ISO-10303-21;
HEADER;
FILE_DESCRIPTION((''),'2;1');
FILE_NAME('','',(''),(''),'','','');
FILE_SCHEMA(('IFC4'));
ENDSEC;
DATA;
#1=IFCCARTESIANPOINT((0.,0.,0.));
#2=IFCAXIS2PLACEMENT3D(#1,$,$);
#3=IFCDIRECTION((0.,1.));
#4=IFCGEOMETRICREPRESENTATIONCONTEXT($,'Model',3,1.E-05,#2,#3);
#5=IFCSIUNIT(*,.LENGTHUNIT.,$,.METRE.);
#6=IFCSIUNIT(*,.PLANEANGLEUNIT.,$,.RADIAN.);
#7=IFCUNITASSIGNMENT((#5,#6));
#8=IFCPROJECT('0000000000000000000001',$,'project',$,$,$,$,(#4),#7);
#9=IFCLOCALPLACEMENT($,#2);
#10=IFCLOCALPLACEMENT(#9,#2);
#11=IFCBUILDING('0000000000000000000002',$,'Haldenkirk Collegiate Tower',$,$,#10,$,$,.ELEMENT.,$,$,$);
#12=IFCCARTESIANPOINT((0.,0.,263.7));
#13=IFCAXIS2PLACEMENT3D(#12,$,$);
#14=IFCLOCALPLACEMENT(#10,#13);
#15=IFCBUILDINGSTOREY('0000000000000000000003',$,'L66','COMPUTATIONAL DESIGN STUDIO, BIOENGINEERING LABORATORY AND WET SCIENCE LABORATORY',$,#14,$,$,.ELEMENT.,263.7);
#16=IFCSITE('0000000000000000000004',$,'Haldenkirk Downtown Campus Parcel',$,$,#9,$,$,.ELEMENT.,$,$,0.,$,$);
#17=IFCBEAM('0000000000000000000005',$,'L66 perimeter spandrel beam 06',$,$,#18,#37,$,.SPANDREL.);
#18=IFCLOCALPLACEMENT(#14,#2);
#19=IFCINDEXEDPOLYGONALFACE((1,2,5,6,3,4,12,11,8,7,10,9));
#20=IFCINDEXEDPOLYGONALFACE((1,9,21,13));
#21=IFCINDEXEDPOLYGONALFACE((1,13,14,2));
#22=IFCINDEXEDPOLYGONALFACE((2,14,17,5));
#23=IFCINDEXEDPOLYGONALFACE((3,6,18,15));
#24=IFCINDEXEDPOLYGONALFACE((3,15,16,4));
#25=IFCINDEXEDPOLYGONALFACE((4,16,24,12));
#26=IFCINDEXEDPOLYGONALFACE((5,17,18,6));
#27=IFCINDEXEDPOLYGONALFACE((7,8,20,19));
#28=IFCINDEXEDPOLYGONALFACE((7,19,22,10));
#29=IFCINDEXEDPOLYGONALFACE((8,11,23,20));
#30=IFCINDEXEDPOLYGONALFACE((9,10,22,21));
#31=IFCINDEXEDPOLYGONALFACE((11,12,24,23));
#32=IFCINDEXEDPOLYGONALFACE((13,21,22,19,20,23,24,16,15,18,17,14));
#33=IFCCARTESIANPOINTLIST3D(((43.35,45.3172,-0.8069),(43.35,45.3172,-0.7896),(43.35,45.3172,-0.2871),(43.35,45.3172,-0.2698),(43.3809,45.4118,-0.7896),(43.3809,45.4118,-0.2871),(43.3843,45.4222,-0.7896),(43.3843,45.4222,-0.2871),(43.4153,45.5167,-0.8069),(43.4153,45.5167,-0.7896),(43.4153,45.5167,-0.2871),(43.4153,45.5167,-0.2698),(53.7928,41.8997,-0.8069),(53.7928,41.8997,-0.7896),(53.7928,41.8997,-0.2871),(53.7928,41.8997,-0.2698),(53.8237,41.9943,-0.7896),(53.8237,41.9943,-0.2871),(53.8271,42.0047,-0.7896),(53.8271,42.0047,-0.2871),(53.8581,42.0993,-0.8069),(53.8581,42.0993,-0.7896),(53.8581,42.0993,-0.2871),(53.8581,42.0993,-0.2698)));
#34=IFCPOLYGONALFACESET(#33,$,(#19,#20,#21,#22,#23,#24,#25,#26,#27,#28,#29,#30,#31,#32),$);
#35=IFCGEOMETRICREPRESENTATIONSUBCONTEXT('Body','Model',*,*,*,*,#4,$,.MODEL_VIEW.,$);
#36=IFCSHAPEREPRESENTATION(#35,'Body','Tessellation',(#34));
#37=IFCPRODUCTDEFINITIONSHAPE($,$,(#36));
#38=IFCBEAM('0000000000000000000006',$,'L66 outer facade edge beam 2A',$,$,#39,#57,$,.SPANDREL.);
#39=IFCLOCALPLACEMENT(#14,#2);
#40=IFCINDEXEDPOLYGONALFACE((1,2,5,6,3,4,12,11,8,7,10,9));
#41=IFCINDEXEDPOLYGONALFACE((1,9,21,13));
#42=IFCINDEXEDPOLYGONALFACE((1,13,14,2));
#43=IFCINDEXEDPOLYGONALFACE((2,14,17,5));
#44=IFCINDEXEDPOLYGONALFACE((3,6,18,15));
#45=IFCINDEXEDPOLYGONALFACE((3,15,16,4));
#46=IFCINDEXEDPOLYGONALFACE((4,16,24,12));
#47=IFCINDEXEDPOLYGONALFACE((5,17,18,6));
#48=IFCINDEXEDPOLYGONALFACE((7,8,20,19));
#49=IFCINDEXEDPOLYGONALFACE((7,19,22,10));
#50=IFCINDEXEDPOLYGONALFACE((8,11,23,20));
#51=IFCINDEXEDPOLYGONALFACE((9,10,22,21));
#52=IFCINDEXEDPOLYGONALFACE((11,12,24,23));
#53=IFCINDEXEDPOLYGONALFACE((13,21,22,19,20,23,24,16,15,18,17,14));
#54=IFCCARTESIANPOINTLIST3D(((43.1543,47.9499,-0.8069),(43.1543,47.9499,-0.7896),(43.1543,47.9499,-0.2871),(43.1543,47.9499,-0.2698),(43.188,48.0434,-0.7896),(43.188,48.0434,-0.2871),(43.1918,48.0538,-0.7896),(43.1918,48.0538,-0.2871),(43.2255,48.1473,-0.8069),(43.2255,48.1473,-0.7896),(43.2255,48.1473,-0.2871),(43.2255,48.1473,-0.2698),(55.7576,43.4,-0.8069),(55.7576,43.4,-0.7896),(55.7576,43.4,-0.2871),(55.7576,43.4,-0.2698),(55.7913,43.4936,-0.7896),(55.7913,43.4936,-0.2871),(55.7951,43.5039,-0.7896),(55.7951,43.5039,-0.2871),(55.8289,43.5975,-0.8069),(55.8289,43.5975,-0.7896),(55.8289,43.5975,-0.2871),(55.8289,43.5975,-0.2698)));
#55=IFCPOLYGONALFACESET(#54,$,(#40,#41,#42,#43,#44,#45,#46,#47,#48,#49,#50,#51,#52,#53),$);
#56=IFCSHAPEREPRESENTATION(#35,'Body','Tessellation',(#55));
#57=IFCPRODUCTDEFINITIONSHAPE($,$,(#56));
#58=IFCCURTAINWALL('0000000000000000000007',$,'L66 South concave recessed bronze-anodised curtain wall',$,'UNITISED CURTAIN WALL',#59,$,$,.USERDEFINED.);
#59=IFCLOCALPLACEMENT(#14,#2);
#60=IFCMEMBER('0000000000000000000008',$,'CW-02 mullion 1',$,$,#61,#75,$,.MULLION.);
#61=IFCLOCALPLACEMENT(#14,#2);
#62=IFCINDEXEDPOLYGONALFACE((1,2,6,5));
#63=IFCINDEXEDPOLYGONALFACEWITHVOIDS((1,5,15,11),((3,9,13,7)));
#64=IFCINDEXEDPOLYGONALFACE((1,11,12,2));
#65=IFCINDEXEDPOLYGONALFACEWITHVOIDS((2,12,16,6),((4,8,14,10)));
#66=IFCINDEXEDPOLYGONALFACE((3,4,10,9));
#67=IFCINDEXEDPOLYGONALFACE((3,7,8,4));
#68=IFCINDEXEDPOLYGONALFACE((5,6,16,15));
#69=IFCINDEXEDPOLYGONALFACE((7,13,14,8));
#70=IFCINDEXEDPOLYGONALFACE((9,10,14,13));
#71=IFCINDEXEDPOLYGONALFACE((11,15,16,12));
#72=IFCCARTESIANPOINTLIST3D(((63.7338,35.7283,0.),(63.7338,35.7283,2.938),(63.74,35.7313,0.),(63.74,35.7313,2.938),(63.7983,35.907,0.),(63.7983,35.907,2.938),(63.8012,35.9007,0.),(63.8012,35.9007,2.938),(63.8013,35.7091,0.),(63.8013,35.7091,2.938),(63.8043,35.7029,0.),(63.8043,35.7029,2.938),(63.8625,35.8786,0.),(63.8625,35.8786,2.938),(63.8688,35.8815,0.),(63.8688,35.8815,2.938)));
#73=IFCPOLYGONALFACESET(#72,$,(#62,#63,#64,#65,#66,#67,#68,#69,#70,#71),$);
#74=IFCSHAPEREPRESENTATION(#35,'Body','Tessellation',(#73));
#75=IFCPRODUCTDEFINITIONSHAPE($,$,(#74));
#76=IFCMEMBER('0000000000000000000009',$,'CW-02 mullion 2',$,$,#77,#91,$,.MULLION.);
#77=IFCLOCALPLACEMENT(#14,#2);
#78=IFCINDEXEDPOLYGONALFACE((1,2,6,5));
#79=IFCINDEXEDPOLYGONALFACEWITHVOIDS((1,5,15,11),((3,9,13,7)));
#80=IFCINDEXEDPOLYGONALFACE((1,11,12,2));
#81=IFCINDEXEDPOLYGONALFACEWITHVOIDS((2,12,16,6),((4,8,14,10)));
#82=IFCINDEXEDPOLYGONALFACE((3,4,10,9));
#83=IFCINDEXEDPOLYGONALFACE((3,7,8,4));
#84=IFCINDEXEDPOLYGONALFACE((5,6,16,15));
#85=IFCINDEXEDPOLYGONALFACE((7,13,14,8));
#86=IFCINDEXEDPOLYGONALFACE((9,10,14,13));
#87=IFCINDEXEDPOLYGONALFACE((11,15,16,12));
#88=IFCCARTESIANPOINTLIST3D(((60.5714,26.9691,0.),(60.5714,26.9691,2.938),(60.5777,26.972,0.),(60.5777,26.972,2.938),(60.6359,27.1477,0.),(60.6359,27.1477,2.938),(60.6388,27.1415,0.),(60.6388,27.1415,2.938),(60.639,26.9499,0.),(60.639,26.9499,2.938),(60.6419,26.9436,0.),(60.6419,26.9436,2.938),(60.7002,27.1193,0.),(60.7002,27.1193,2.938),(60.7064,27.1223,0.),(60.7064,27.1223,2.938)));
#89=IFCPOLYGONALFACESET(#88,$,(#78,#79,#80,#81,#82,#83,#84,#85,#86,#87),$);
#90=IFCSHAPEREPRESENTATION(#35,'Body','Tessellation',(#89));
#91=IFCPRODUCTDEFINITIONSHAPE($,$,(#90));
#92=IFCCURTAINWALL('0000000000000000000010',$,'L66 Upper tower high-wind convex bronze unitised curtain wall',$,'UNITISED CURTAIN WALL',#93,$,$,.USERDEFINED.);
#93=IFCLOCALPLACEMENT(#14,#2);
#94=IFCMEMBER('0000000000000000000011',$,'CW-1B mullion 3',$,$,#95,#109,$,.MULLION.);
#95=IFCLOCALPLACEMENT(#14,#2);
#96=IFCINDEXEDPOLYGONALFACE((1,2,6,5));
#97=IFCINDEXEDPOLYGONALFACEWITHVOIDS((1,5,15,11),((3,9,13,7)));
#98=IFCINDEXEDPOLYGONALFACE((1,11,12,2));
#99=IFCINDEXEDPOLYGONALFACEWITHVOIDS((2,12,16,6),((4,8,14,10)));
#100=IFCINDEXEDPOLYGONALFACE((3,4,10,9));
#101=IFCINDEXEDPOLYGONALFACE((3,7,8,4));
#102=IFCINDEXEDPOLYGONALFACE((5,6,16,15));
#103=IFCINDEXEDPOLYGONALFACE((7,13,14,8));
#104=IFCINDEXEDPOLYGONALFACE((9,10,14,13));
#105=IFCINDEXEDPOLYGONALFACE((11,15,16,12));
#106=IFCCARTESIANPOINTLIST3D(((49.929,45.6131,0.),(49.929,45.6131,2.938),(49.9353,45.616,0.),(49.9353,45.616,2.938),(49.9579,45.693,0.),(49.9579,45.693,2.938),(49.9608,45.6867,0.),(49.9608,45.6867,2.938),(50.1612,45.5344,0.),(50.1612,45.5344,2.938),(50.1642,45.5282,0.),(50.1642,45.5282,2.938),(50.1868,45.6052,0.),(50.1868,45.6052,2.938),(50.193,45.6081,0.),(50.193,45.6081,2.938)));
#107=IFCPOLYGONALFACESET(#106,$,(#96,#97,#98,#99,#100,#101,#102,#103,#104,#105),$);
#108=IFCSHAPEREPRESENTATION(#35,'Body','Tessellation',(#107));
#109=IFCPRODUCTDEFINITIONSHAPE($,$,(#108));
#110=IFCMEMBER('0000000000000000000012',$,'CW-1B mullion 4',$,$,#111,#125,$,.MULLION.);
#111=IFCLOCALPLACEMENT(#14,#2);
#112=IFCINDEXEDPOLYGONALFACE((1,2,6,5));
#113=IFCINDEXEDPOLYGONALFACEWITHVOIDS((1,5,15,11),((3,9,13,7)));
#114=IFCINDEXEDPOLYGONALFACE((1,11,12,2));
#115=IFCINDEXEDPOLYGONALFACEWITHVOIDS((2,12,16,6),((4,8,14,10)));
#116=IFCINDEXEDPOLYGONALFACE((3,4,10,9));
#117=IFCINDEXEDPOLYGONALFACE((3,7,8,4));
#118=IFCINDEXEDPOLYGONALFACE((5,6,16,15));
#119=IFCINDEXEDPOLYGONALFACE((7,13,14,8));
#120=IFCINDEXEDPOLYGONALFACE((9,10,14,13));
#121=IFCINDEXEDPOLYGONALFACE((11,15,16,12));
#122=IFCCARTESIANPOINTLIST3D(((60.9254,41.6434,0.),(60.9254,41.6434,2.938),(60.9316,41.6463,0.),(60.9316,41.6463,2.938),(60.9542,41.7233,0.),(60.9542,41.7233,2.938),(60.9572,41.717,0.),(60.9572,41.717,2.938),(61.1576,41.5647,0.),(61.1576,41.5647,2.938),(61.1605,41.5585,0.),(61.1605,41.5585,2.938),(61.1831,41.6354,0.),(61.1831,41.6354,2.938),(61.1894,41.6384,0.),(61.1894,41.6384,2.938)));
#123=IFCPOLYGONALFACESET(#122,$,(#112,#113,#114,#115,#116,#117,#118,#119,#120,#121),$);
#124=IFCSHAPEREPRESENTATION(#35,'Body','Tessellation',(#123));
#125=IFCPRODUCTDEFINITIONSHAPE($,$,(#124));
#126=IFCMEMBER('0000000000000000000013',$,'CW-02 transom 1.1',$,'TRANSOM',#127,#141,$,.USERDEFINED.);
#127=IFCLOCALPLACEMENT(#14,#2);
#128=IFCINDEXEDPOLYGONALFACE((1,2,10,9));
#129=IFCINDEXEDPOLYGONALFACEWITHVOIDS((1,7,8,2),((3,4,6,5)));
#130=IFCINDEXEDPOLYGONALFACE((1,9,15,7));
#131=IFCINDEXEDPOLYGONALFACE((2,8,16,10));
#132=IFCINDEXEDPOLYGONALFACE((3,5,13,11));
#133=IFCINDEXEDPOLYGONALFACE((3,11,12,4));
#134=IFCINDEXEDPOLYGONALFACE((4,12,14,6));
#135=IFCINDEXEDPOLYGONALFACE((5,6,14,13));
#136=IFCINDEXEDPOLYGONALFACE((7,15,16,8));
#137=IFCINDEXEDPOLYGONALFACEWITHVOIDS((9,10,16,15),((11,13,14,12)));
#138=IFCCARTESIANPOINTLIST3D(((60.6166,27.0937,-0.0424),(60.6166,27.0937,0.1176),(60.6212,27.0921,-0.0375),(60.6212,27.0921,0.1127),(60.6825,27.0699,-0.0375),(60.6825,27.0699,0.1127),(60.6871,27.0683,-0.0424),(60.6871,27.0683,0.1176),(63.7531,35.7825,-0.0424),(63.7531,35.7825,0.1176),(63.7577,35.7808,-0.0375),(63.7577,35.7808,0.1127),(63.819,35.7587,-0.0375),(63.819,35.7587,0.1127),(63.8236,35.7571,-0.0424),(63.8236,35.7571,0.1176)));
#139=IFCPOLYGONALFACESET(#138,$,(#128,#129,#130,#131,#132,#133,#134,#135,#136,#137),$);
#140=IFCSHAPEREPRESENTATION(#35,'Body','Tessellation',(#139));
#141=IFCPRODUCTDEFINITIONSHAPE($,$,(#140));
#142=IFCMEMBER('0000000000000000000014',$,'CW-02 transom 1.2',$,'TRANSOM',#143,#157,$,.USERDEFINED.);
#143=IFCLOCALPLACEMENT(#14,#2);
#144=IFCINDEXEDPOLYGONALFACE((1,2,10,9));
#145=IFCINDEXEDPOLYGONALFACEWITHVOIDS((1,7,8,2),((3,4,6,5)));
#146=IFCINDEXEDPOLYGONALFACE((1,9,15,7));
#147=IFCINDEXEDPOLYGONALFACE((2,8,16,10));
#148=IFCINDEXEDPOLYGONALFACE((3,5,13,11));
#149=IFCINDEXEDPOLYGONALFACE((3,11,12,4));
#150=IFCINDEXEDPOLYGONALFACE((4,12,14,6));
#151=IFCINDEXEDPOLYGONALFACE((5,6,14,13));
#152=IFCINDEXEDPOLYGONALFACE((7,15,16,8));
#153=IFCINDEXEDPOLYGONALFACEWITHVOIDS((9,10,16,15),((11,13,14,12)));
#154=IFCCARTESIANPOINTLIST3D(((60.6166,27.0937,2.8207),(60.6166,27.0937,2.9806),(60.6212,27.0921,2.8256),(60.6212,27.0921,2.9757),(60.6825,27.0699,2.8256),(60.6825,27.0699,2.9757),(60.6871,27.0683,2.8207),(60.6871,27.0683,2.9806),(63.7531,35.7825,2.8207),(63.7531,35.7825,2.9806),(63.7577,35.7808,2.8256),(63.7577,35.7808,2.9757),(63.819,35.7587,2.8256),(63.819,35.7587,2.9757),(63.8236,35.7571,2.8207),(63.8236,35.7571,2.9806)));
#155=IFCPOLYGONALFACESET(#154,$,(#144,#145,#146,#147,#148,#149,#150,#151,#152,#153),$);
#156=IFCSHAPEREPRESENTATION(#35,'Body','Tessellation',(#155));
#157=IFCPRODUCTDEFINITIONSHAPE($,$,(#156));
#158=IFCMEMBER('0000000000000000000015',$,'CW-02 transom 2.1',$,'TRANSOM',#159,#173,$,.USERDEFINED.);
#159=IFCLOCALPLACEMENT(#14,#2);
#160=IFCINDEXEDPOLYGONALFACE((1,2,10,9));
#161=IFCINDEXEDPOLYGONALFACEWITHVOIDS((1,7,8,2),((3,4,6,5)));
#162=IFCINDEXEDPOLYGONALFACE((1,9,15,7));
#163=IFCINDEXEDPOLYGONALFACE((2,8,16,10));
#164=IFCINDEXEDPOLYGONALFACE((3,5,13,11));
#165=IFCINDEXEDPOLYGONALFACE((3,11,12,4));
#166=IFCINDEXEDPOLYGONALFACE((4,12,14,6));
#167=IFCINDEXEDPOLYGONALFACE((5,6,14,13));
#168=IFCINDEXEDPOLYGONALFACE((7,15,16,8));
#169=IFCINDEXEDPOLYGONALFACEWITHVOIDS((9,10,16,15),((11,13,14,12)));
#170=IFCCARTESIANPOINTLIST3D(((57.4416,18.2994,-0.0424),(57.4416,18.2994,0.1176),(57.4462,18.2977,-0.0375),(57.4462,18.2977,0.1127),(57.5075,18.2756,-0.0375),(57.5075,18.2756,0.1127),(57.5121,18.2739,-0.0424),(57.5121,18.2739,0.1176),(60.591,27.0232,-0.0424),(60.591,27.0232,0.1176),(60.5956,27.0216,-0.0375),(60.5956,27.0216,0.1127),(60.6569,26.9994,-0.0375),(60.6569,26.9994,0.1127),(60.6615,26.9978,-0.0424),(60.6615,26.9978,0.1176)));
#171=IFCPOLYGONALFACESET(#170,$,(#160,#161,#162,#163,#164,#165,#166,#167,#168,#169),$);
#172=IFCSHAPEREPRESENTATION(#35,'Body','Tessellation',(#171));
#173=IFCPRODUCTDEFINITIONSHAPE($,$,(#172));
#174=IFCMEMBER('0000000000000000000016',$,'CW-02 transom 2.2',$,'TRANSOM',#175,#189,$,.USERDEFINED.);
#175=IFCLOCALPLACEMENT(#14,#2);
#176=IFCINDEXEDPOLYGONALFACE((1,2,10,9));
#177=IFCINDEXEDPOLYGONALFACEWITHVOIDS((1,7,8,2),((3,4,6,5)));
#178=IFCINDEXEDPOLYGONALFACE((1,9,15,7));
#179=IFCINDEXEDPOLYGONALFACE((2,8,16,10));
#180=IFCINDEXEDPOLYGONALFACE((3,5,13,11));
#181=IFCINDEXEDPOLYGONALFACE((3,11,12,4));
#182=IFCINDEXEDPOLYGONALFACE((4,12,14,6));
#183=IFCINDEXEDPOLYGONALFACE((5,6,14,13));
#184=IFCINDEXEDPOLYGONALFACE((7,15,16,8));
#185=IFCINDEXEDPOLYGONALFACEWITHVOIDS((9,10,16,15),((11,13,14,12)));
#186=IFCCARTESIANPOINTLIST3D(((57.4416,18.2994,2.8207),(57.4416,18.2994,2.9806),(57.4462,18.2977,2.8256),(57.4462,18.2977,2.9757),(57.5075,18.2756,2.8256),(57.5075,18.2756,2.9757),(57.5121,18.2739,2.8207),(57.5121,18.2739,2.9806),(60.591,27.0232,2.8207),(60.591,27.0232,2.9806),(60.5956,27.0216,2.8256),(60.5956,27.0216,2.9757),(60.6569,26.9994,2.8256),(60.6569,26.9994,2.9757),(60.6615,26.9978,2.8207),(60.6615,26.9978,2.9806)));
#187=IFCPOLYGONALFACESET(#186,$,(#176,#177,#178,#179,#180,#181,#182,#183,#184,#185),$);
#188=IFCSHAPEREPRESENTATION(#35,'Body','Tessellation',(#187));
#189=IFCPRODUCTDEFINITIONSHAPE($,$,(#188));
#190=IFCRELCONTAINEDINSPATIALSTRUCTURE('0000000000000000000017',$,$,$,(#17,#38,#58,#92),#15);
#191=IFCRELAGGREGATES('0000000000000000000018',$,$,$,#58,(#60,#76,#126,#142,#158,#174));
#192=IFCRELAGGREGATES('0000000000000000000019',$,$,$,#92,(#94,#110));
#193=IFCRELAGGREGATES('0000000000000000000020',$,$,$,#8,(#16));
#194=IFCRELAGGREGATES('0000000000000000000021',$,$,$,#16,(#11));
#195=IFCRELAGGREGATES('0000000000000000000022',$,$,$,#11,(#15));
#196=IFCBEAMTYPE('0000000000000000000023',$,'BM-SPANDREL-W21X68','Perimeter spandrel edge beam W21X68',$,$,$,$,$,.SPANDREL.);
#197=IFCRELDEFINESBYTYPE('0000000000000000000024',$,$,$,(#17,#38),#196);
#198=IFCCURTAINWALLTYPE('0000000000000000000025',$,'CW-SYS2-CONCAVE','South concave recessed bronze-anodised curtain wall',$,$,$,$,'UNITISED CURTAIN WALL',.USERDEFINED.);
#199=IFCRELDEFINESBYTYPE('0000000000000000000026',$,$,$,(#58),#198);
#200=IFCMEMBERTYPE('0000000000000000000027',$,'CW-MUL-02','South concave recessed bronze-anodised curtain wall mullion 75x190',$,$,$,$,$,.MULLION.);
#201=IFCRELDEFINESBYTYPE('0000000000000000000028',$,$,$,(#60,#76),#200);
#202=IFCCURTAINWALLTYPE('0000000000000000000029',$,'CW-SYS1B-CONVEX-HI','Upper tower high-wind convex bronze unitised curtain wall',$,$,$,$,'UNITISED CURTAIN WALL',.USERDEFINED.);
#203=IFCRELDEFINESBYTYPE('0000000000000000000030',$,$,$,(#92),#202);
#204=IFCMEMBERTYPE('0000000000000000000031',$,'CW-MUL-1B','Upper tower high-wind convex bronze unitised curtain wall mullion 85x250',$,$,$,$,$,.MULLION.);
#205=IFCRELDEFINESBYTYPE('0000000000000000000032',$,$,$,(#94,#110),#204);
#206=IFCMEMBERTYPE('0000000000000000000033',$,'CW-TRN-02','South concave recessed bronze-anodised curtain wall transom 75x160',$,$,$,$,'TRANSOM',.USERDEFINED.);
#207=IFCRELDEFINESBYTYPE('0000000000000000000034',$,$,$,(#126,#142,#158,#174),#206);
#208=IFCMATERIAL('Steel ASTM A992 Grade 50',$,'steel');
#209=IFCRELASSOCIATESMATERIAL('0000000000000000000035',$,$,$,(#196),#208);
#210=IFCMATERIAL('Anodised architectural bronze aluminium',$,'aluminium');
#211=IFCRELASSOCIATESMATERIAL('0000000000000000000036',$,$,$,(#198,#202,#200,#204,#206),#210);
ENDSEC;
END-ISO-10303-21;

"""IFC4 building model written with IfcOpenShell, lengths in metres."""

from ifc_helpers import new_model, si_unit, direction, frame, origin, origin_2d, place, context, subcontext, project, spatial, hollow_rectangle, i_section, extrude, material, material_profile, profile_set, type_object, element, aggregate, save


model = new_model("IFC4")

# Units and contexts
model_context = context("Model", 3, precision=1e-05, world=origin(), true_north=direction((0.0, 1.0)))
body_context = subcontext(model_context, "Body", "Model", "MODEL_VIEW")
ifc_project = project(units=[si_unit("LENGTHUNIT", "METRE"), si_unit("PLANEANGLEUNIT", "RADIAN")], contexts=[model_context])

# Site, building, storey
site_placement = place(None, origin())
site = spatial("IfcSite", under=ifc_project, at=site_placement, Name="Haldenkirk Downtown Campus Parcel", CompositionType="ELEMENT", RefElevation=0.0)
building_placement = place(site_placement, origin())
building = spatial("IfcBuilding", under=site, at=building_placement, Name="Haldenkirk Collegiate Tower", CompositionType="ELEMENT")
storey_placement = place(building_placement, frame((0.0, 0.0, 263.7)))
storey = spatial("IfcBuildingStorey", under=building, at=storey_placement, Name="L66", Description="COMPUTATIONAL DESIGN STUDIO, BIOENGINEERING LABORATORY AND WET SCIENCE LABORATORY", CompositionType="ELEMENT", Elevation=263.7)

# Beams
ifc_material_1 = material(Name="Steel ASTM A992 Grade 50", Category="steel")
ifc_material_profile_1 = material_profile(ifc_material_1, i_section(OverallWidth=0.21, OverallDepth=0.5371, WebThickness=0.011, FlangeThickness=0.0173, at=origin_2d()), Name="W21X68")
ifc_profile_set_1 = profile_set([ifc_material_profile_1], Name="Steel ASTM A992 Grade 50")
beam_type_1 = type_object("IfcBeamType", Name="BM-SPANDREL-W21X68", Description="Perimeter spandrel edge beam W21X68", PredefinedType="SPANDREL", material=ifc_profile_set_1)
beam_1_placement = place(storey_placement, frame((53.8254, 41.9995, -0.5383), z_axis=(-0.950402, 0.311024, 0.0), x_axis=(-0.311024, -0.950402, 0.0)))
element("IfcBeam", 1, at=beam_1_placement, inside=storey, type_object=beam_type_1, Name="L66 perimeter spandrel beam 06", PredefinedType="SPANDREL", context=body_context, shape_type="SweptSolid", body=[
    extrude(i_section(OverallWidth=0.21, OverallDepth=0.5371, WebThickness=0.011, FlangeThickness=0.0173, at=origin_2d()), origin(), (0.0, 0.0, 1.0), 10.9878),
])
beam_2_placement = place(storey_placement, frame((55.7932, 43.4988, -0.5383), z_axis=(-0.940587, 0.339554, 0.0), x_axis=(-0.339554, -0.940587, 0.0)))
element("IfcBeam", 2, at=beam_2_placement, inside=storey, type_object=beam_type_1, Name="L66 outer facade edge beam 2A", PredefinedType="SPANDREL", context=body_context, shape_type="SweptSolid", body=[
    extrude(i_section(OverallWidth=0.21, OverallDepth=0.5371, WebThickness=0.011, FlangeThickness=0.0173, at=origin_2d()), origin(), (0.0, 0.0, 1.0), 13.3994),
])

# Curtain walls, members
ifc_material_2 = material(Name="Anodised architectural bronze aluminium", Category="aluminium")
curtain_wall_type_1 = type_object("IfcCurtainWallType", Name="CW-SYS2-CONCAVE", Description="South concave recessed bronze-anodised curtain wall", ElementType="UNITISED CURTAIN WALL", PredefinedType="USERDEFINED", material=ifc_material_2)
curtain_wall_1_placement = place(storey_placement, origin())
curtain_wall_1 = element("IfcCurtainWall", 3, at=curtain_wall_1_placement, inside=storey, type_object=curtain_wall_type_1, Name="L66 South concave recessed bronze-anodised curtain wall", ObjectType="UNITISED CURTAIN WALL", PredefinedType="USERDEFINED")
ifc_material_profile_2 = material_profile(ifc_material_2, hollow_rectangle(XDim=0.075, YDim=0.1899, WallThickness=0.0049, at=origin_2d()), Name="CW-MUL-02")
ifc_profile_set_2 = profile_set([ifc_material_profile_2], Name="Anodised architectural bronze aluminium")
member_type_1 = type_object("IfcMemberType", Name="CW-MUL-02", Description="South concave recessed bronze-anodised curtain wall mullion 75x190", PredefinedType="MULLION", material=ifc_profile_set_2)
member_1_placement = place(storey_placement, frame((63.8013, 35.8049, 0.0), z_axis=(0.0, 0.0, 1.0), x_axis=(0.940585, -0.339559, 0.0)))
member_1 = element("IfcMember", 4, at=member_1_placement, type_object=member_type_1, Name="CW-02 mullion 1", PredefinedType="MULLION", context=body_context, shape_type="SweptSolid", body=[
    extrude(hollow_rectangle(XDim=0.075, YDim=0.1899, WallThickness=0.0049, at=origin_2d()), origin(), (0.0, 0.0, 1.0), 2.938),
])
member_2_placement = place(storey_placement, frame((60.6389, 27.0457, 0.0), z_axis=(0.0, 0.0, 1.0), x_axis=(0.940585, -0.339559, 0.0)))
member_2 = element("IfcMember", 5, at=member_2_placement, type_object=member_type_1, Name="CW-02 mullion 2", PredefinedType="MULLION", context=body_context, shape_type="SweptSolid", body=[
    extrude(hollow_rectangle(XDim=0.075, YDim=0.1899, WallThickness=0.0049, at=origin_2d()), origin(), (0.0, 0.0, 1.0), 2.938),
])
curtain_wall_type_2 = type_object("IfcCurtainWallType", Name="CW-SYS1B-CONVEX-HI", Description="Upper tower high-wind convex bronze unitised curtain wall", ElementType="UNITISED CURTAIN WALL", PredefinedType="USERDEFINED", material=ifc_material_2)
curtain_wall_2_placement = place(storey_placement, origin())
curtain_wall_2 = element("IfcCurtainWall", 6, at=curtain_wall_2_placement, inside=storey, type_object=curtain_wall_type_2, Name="L66 Upper tower high-wind convex bronze unitised curtain wall", ObjectType="UNITISED CURTAIN WALL", PredefinedType="USERDEFINED")
ifc_material_profile_3 = material_profile(ifc_material_2, hollow_rectangle(XDim=0.085, YDim=0.25, WallThickness=0.0049, at=origin_2d()), Name="CW-MUL-1B")
ifc_profile_set_3 = profile_set([ifc_material_profile_3], Name="Anodised architectural bronze aluminium")
member_type_2 = type_object("IfcMemberType", Name="CW-MUL-1B", Description="Upper tower high-wind convex bronze unitised curtain wall mullion 85x250", PredefinedType="MULLION", material=ifc_profile_set_3)
member_3_placement = place(storey_placement, frame((50.061, 45.6106, 0.0), z_axis=(0.0, 0.0, 1.0), x_axis=(0.339557, 0.940586, 0.0)))
member_3 = element("IfcMember", 7, at=member_3_placement, type_object=member_type_2, Name="CW-1B mullion 3", PredefinedType="MULLION", context=body_context, shape_type="SweptSolid", body=[
    extrude(hollow_rectangle(XDim=0.085, YDim=0.25, WallThickness=0.0049, at=origin_2d()), origin(), (0.0, 0.0, 1.0), 2.938),
])
member_4_placement = place(storey_placement, frame((61.0574, 41.6409, 0.0), z_axis=(0.0, 0.0, 1.0), x_axis=(0.339557, 0.940586, 0.0)))
member_4 = element("IfcMember", 8, at=member_4_placement, type_object=member_type_2, Name="CW-1B mullion 4", PredefinedType="MULLION", context=body_context, shape_type="SweptSolid", body=[
    extrude(hollow_rectangle(XDim=0.085, YDim=0.25, WallThickness=0.0049, at=origin_2d()), origin(), (0.0, 0.0, 1.0), 2.938),
])

# Members
ifc_material_profile_4 = material_profile(ifc_material_2, hollow_rectangle(XDim=0.075, YDim=0.1599, WallThickness=0.0049, at=origin_2d()), Name="CW-TRN-02")
ifc_profile_set_4 = profile_set([ifc_material_profile_4], Name="Anodised architectural bronze aluminium")
member_type_3 = type_object("IfcMemberType", Name="CW-TRN-02", Description="South concave recessed bronze-anodised curtain wall transom 75x160", ElementType="TRANSOM", PredefinedType="USERDEFINED", material=ifc_profile_set_4)
member_5_placement = place(storey_placement, frame((63.7883, 35.7698, 0.0376), z_axis=(-0.339537, -0.940593, 0.0), x_axis=(0.940593, -0.339537, 0.0)))
member_5 = element("IfcMember", 9, at=member_5_placement, type_object=member_type_3, Name="CW-02 transom 1.1", ObjectType="TRANSOM", PredefinedType="USERDEFINED", context=body_context, shape_type="SweptSolid", body=[
    extrude(hollow_rectangle(XDim=0.075, YDim=0.1599, WallThickness=0.0049, at=origin_2d()), origin(), (0.0, 0.0, 1.0), 9.2375),
])
member_6_placement = place(storey_placement, frame((63.7883, 35.7698, 2.9006), z_axis=(-0.339537, -0.940593, 0.0), x_axis=(0.940593, -0.339537, 0.0)))
member_6 = element("IfcMember", 10, at=member_6_placement, type_object=member_type_3, Name="CW-02 transom 1.2", ObjectType="TRANSOM", PredefinedType="USERDEFINED", context=body_context, shape_type="SweptSolid", body=[
    extrude(hollow_rectangle(XDim=0.075, YDim=0.1599, WallThickness=0.0049, at=origin_2d()), origin(), (0.0, 0.0, 1.0), 9.2375),
])
member_7_placement = place(storey_placement, frame((60.6262, 27.0105, 0.0376), z_axis=(-0.339561, -0.940584, 0.0), x_axis=(0.940584, -0.339561, 0.0)))
member_7 = element("IfcMember", 11, at=member_7_placement, type_object=member_type_3, Name="CW-02 transom 2.1", ObjectType="TRANSOM", PredefinedType="USERDEFINED", context=body_context, shape_type="SweptSolid", body=[
    extrude(hollow_rectangle(XDim=0.075, YDim=0.1599, WallThickness=0.0049, at=origin_2d()), origin(), (0.0, 0.0, 1.0), 9.2749),
])
member_8_placement = place(storey_placement, frame((60.6262, 27.0105, 2.9006), z_axis=(-0.339561, -0.940584, 0.0), x_axis=(0.940584, -0.339561, 0.0)))
member_8 = element("IfcMember", 12, at=member_8_placement, type_object=member_type_3, Name="CW-02 transom 2.2", ObjectType="TRANSOM", PredefinedType="USERDEFINED", context=body_context, shape_type="SweptSolid", body=[
    extrude(hollow_rectangle(XDim=0.075, YDim=0.1599, WallThickness=0.0049, at=origin_2d()), origin(), (0.0, 0.0, 1.0), 9.2749),
])

aggregate(curtain_wall_1, [member_1, member_2, member_5, member_6, member_7, member_8])
aggregate(curtain_wall_2, [member_3, member_4])

save(model, "model.ifc")
